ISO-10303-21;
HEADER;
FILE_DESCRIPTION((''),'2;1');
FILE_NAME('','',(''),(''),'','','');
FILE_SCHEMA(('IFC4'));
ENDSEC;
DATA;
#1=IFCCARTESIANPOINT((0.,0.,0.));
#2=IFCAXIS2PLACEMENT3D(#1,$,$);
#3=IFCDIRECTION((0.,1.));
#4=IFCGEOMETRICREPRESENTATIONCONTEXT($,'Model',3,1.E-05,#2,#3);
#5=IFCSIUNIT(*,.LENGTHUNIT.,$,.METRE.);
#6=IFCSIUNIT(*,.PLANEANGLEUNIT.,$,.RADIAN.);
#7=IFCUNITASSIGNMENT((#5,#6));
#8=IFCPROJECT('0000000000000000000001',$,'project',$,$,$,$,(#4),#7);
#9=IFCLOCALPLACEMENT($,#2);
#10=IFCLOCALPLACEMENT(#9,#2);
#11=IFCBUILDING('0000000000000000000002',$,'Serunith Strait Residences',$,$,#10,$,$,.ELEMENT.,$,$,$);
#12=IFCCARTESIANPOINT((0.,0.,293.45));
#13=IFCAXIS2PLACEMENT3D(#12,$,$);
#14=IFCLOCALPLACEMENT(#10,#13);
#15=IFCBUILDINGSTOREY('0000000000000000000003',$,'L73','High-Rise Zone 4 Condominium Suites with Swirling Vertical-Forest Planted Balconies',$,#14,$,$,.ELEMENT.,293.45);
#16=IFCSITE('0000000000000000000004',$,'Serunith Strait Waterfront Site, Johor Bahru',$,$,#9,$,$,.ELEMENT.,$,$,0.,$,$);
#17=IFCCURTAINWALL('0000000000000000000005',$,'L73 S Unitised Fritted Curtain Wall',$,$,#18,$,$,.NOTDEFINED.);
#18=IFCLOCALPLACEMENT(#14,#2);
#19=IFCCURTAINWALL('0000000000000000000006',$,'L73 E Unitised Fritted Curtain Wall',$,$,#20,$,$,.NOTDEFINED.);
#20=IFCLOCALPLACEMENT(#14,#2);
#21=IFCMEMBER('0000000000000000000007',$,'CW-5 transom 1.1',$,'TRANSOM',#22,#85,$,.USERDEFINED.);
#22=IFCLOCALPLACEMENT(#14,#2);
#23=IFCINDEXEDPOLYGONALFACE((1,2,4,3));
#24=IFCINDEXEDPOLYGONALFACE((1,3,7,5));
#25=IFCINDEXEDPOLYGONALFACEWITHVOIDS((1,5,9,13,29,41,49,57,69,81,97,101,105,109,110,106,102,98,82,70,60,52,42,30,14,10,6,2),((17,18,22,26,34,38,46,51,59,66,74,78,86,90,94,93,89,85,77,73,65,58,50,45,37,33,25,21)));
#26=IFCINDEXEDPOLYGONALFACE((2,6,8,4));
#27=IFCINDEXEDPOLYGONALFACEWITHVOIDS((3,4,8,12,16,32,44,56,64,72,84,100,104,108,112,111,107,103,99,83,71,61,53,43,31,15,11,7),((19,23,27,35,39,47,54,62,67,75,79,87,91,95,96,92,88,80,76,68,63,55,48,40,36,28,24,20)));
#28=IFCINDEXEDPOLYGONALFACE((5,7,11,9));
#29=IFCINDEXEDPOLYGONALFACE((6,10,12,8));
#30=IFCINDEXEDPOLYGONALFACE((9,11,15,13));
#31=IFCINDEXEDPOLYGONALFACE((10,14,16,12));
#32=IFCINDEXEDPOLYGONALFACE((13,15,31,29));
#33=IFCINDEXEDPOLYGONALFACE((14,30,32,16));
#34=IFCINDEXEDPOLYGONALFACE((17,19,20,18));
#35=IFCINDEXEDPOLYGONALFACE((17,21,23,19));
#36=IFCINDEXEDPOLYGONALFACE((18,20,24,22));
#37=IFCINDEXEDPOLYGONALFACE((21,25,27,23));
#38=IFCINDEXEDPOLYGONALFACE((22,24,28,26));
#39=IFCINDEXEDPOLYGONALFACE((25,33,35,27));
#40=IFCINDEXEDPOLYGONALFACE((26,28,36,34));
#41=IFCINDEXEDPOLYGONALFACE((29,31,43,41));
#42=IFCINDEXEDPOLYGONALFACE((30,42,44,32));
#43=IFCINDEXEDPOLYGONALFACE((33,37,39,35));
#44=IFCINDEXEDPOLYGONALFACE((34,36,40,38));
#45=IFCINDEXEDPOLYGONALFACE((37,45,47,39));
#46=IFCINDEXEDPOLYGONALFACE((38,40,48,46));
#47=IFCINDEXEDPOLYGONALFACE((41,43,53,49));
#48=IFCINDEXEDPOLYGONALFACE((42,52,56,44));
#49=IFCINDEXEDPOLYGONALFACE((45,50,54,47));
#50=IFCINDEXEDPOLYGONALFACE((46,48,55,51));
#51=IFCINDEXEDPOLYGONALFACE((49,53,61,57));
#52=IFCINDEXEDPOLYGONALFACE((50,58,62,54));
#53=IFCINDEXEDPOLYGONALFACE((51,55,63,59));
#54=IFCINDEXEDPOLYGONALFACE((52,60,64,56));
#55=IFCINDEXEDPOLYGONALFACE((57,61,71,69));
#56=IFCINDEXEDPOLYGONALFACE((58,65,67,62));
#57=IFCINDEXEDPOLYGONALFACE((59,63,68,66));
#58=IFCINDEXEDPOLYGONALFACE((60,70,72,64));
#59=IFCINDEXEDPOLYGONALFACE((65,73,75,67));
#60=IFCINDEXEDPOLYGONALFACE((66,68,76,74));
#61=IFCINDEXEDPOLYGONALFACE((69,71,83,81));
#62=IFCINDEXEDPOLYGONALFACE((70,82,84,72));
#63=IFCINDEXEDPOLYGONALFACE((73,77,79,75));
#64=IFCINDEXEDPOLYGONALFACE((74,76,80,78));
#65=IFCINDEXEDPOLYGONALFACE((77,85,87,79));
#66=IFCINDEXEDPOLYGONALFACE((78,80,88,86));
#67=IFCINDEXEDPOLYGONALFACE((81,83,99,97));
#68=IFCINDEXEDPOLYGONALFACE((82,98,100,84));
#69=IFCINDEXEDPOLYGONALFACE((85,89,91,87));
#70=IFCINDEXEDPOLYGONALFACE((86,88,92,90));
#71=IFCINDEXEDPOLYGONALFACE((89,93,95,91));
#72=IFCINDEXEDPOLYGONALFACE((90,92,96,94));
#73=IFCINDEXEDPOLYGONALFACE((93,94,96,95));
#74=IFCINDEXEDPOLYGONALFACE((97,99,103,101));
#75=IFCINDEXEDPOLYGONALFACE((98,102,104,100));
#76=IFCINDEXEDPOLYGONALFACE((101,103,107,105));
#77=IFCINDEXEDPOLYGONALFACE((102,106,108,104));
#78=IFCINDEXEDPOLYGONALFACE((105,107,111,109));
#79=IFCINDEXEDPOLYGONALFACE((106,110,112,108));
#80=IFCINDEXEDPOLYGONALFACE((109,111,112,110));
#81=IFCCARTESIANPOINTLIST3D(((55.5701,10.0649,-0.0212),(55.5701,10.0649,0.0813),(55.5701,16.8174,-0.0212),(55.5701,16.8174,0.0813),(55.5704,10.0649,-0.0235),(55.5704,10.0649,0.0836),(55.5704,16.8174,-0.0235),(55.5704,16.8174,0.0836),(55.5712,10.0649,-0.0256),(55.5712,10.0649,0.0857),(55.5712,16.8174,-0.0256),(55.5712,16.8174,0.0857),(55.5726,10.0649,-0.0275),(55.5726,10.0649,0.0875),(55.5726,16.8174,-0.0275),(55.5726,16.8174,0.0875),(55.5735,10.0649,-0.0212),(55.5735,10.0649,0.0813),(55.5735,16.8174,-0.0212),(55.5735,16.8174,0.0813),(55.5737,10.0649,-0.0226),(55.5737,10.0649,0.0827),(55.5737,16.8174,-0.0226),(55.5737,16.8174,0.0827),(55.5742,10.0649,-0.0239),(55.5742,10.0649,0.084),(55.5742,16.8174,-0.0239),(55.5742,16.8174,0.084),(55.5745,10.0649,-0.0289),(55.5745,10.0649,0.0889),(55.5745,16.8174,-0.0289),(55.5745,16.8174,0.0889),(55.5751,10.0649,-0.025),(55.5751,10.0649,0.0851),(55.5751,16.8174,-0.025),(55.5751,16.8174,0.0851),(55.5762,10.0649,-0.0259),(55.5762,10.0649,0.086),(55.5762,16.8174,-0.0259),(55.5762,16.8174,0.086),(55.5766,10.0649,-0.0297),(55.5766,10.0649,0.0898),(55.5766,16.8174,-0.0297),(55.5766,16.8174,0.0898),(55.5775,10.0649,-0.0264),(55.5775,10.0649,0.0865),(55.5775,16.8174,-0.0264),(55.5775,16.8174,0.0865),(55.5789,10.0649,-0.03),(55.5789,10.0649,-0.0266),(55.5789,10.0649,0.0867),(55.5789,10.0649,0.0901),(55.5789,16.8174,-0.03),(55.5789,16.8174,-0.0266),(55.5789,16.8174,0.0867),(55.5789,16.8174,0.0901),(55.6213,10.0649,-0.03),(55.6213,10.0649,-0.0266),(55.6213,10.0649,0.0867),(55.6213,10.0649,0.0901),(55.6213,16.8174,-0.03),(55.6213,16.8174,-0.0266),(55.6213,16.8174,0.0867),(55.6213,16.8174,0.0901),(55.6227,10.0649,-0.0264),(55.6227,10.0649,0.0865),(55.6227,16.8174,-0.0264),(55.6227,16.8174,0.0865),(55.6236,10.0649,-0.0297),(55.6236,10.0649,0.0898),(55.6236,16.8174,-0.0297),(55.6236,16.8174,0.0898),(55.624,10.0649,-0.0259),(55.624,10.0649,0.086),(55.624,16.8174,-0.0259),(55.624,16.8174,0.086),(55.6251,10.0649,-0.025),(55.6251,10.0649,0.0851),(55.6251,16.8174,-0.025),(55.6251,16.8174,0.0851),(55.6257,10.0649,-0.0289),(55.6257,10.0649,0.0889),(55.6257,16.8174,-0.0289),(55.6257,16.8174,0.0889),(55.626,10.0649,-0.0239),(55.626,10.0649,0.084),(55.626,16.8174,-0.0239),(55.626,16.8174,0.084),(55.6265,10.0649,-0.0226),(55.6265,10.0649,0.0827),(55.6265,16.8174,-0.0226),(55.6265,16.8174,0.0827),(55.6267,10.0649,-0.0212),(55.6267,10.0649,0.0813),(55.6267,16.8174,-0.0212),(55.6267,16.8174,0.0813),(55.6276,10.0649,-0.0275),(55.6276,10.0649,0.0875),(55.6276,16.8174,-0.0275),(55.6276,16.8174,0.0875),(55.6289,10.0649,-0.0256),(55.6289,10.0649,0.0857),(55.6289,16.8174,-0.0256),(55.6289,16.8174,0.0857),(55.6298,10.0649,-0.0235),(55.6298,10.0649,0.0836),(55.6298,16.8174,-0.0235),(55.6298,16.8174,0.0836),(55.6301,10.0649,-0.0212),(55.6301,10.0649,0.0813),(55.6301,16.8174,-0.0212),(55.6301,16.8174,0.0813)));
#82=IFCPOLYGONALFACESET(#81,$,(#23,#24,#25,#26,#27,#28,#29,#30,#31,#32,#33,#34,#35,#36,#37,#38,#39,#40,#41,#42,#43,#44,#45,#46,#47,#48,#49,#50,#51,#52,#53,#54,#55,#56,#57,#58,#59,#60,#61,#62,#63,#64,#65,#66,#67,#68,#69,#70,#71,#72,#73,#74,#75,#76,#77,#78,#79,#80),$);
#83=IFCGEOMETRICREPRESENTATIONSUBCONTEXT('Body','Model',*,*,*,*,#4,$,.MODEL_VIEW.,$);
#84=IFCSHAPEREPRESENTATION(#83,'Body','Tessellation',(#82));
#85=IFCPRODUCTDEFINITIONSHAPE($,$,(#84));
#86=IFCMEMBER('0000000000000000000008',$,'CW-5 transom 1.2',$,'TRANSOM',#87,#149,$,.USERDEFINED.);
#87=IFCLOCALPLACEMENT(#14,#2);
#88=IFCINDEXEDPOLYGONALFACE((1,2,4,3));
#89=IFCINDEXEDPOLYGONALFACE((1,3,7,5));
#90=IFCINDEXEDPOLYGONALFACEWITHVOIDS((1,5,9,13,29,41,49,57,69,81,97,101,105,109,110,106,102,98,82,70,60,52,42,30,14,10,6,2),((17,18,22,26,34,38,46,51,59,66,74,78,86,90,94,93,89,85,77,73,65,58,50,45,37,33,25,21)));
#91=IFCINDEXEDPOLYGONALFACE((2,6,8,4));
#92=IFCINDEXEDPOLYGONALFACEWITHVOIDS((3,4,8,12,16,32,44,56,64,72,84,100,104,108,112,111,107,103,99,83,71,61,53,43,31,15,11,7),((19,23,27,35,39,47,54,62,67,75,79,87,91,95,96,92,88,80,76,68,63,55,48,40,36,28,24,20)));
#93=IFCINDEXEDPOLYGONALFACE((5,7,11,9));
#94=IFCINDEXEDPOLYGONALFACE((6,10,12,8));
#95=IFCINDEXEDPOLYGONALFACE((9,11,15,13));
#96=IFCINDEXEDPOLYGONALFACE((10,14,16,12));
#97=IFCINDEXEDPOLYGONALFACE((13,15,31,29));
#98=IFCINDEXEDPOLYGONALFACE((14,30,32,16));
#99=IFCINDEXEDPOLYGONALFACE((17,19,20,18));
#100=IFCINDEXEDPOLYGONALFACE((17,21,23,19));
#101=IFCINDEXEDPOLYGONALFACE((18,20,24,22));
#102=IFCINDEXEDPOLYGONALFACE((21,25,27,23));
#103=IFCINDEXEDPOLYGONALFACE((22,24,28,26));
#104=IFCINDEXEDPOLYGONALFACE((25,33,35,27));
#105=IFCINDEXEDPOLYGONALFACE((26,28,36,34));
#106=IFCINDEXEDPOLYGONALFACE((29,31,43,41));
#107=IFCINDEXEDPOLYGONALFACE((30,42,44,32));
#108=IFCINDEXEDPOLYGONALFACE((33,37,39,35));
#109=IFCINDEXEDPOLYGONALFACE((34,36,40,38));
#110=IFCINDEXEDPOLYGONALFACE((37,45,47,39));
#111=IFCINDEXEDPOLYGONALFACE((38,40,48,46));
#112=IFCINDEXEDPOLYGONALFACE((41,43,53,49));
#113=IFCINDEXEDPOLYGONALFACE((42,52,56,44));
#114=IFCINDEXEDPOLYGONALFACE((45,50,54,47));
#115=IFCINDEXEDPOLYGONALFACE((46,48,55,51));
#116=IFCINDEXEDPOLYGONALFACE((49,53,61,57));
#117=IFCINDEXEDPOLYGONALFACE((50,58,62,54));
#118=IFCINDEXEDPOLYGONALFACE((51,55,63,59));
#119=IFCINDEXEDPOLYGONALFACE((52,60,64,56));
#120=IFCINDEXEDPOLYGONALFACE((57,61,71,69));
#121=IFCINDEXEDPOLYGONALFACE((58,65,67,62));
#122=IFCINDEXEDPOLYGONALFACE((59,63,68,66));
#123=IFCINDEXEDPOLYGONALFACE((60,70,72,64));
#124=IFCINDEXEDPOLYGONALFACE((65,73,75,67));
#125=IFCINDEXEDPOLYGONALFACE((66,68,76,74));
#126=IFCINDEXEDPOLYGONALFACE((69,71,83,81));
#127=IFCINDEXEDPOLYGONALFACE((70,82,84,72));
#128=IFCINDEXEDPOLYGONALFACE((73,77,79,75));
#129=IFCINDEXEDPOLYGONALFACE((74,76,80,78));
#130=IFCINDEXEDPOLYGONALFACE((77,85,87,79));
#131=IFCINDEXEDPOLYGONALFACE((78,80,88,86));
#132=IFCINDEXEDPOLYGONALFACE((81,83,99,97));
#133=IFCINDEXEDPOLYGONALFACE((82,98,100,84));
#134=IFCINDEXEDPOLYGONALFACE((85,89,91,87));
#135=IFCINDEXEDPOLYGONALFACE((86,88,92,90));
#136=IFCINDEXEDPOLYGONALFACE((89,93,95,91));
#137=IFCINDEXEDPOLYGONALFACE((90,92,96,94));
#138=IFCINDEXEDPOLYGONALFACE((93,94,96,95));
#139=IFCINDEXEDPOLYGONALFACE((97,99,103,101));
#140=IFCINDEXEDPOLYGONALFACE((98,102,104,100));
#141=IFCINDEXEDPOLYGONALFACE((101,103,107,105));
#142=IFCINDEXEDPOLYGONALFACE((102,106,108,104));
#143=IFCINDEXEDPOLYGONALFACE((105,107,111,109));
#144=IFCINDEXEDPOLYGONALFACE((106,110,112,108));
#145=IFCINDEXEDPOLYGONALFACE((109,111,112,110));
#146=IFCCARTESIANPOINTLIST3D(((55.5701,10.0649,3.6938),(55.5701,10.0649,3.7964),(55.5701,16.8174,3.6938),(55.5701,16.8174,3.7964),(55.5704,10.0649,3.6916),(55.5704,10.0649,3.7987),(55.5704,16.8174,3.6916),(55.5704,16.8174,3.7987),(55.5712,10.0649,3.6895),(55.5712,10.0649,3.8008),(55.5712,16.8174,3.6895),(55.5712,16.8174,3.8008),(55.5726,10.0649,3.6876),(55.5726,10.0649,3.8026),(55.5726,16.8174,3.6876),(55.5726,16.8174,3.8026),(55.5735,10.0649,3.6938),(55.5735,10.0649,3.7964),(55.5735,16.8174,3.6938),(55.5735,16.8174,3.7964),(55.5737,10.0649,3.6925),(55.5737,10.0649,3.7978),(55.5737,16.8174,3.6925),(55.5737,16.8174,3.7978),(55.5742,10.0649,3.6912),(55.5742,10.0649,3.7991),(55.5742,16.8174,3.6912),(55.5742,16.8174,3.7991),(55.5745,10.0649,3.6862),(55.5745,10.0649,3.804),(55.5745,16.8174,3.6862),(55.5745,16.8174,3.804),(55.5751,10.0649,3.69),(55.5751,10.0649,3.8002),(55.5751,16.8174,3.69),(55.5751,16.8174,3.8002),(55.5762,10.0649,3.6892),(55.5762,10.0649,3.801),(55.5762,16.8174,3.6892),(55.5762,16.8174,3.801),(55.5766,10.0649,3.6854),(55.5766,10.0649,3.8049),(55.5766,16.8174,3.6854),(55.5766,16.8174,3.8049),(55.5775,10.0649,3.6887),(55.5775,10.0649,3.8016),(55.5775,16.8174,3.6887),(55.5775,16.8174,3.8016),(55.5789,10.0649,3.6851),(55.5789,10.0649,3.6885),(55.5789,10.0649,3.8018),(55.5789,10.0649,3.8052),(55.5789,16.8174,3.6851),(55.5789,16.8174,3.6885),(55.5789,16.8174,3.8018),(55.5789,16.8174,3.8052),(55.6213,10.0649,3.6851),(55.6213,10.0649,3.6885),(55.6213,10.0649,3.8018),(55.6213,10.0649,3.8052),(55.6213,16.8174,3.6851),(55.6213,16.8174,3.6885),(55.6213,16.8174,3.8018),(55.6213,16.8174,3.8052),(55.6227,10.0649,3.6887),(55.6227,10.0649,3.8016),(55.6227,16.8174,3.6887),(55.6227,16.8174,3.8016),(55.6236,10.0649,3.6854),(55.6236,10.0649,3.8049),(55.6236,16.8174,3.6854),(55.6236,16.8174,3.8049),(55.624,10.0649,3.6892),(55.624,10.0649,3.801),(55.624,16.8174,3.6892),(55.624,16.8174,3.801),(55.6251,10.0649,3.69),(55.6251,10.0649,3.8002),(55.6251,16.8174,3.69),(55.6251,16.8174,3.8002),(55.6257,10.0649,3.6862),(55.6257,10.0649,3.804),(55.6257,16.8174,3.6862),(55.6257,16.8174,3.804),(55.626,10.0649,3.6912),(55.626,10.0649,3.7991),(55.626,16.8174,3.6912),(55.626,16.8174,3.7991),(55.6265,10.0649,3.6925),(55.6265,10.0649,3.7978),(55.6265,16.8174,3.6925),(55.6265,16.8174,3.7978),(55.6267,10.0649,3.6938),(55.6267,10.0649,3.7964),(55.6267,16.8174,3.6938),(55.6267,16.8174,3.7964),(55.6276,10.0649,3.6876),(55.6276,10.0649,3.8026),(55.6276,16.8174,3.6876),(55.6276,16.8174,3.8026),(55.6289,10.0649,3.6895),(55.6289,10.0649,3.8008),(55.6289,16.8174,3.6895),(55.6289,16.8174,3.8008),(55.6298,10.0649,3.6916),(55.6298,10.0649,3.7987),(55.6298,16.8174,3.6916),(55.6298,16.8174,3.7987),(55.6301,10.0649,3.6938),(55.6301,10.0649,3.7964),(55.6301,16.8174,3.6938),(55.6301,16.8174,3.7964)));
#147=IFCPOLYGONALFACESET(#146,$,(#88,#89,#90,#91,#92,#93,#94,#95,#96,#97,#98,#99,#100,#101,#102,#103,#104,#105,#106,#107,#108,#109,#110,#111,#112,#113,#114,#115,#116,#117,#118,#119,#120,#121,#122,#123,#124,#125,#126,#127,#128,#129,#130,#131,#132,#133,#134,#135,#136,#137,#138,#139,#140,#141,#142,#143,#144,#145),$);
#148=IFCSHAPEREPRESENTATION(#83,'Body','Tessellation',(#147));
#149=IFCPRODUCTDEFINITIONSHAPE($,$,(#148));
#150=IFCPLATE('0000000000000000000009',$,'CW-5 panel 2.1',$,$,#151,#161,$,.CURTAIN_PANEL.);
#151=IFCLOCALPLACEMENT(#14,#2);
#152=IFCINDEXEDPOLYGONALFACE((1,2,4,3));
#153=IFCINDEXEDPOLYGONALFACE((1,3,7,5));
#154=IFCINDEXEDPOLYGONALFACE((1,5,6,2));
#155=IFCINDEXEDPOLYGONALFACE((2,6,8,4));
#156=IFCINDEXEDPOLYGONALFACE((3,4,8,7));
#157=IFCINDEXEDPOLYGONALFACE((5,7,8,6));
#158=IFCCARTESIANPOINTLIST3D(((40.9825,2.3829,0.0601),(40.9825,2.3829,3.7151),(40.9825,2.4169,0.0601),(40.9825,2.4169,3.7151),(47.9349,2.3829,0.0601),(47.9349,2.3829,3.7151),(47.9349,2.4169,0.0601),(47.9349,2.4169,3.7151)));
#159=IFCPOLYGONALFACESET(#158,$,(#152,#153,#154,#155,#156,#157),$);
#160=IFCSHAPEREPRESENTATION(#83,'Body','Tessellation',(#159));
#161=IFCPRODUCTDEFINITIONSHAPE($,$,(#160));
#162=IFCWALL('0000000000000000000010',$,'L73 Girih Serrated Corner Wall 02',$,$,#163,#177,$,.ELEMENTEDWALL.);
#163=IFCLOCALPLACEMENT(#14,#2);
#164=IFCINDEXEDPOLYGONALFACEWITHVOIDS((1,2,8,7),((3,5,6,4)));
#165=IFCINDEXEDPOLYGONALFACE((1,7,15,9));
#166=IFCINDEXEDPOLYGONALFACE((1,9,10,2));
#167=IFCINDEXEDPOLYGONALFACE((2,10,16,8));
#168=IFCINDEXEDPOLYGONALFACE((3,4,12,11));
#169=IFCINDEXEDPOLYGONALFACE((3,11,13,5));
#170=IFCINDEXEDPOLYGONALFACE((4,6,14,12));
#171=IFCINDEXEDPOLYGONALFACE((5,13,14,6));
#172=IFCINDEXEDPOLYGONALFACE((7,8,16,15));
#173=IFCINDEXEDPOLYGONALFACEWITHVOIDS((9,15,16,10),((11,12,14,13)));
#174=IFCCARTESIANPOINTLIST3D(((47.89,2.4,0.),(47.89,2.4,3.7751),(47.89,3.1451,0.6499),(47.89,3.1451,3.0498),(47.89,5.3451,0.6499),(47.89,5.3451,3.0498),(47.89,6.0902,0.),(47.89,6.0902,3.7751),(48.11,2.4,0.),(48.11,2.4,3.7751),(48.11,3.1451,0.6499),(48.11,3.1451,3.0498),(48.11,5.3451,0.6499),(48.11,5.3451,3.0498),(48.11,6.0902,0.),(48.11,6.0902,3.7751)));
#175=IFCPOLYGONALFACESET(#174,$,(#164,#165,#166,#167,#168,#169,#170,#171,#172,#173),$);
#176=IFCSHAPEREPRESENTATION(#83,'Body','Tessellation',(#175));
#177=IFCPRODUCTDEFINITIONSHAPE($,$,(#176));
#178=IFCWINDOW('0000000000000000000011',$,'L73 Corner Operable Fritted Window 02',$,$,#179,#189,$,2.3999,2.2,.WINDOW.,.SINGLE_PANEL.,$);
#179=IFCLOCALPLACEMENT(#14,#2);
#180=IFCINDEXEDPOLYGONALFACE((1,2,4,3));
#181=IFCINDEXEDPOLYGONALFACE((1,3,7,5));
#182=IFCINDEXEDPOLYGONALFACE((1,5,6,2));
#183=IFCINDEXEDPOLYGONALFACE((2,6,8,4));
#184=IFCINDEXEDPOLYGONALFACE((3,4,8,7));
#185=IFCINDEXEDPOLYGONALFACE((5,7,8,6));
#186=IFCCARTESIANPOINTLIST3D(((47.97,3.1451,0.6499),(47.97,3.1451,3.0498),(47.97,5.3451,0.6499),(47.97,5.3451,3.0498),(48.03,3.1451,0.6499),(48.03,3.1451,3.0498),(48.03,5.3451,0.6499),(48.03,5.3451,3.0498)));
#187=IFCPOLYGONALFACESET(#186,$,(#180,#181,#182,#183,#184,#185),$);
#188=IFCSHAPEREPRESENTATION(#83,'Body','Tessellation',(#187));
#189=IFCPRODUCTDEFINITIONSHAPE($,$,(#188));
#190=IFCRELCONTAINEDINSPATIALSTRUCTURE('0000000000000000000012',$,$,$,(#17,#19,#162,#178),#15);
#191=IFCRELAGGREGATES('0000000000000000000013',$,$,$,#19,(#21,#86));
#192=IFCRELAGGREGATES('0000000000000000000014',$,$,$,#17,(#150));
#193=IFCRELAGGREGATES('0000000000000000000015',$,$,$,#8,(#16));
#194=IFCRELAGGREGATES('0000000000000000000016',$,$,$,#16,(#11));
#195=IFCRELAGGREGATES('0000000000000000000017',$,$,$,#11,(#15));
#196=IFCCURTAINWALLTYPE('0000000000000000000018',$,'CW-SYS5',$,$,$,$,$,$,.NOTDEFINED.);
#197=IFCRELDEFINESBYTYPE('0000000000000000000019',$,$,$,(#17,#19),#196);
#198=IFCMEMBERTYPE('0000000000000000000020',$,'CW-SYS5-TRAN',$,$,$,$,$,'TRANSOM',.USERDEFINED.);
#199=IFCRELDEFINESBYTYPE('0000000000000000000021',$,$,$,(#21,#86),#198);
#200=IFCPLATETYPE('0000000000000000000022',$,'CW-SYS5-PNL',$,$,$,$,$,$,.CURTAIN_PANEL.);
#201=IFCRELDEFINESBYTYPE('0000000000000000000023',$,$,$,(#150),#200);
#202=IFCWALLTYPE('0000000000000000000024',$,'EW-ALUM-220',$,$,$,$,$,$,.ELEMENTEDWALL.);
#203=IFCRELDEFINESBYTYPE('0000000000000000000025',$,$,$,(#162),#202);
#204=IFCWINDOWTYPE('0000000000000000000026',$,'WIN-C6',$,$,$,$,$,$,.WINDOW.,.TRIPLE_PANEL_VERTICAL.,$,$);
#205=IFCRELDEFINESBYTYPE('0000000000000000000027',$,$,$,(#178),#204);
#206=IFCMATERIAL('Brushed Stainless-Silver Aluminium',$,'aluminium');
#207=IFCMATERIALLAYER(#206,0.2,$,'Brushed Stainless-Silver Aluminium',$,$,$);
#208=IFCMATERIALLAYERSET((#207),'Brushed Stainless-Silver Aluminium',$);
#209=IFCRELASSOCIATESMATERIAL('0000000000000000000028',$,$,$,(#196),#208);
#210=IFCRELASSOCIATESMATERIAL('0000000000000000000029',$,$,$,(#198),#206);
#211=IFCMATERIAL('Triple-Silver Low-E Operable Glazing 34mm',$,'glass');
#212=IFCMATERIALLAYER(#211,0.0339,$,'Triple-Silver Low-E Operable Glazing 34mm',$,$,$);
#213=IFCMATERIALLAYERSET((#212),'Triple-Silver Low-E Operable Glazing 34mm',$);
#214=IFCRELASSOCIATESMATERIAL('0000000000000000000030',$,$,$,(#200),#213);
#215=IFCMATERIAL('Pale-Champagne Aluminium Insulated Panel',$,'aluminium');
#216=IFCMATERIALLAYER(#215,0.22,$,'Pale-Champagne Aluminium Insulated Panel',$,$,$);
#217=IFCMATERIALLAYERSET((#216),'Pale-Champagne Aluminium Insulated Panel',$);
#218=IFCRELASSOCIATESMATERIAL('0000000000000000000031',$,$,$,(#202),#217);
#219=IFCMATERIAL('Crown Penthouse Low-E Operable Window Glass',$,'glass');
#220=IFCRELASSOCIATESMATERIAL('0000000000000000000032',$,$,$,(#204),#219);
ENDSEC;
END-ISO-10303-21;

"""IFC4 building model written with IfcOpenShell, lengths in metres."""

from ifc_helpers import new_model, si_unit, direction, frame, frame_2d, origin, origin_2d, place, context, subcontext, project, spatial, rectangle, hollow_rectangle, extrude, source, transform, mapped, material, layer, layer_set, material_profile, profile_set, type_object, element, fill, aggregate, save


model = new_model("IFC4")

# Units and contexts
model_context = context("Model", 3, precision=1e-05, world=origin(), true_north=direction((0.0, 1.0)))
body_context = subcontext(model_context, "Body", "Model", "MODEL_VIEW")
ifc_project = project(units=[si_unit("LENGTHUNIT", "METRE"), si_unit("PLANEANGLEUNIT", "RADIAN")], contexts=[model_context])

# Site, building, storey
site_placement = place(None, origin())
site = spatial("IfcSite", under=ifc_project, at=site_placement, Name="Serunith Strait Waterfront Site, Johor Bahru", CompositionType="ELEMENT", RefElevation=0.0)
building_placement = place(site_placement, origin())
building = spatial("IfcBuilding", under=site, at=building_placement, Name="Serunith Strait Residences", CompositionType="ELEMENT")
storey_placement = place(building_placement, frame((0.0, 0.0, 293.45)))
storey = spatial("IfcBuildingStorey", under=building, at=storey_placement, Name="L73", Description="High-Rise Zone 4 Condominium Suites with Swirling Vertical-Forest Planted Balconies", CompositionType="ELEMENT", Elevation=293.45)

# Curtain wall
ifc_material_1 = material(Name="Brushed Stainless-Silver Aluminium", Category="aluminium")
ifc_layer_1 = layer(ifc_material_1, 0.2, Name="Brushed Stainless-Silver Aluminium")
ifc_layer_set_1 = layer_set([ifc_layer_1], Name="Brushed Stainless-Silver Aluminium")
curtain_wall_type = type_object("IfcCurtainWallType", Name="CW-SYS5", PredefinedType="NOTDEFINED", material=ifc_layer_set_1)
curtain_wall_1_placement = place(storey_placement, origin())
curtain_wall_1 = element("IfcCurtainWall", 1, at=curtain_wall_1_placement, inside=storey, type_object=curtain_wall_type, Name="L73 S Unitised Fritted Curtain Wall", PredefinedType="NOTDEFINED")

# Curtain wall, members
curtain_wall_2_placement = place(storey_placement, origin())
curtain_wall_2 = element("IfcCurtainWall", 2, at=curtain_wall_2_placement, inside=storey, type_object=curtain_wall_type, Name="L73 E Unitised Fritted Curtain Wall", PredefinedType="NOTDEFINED")
ifc_material_profile_1 = material_profile(ifc_material_1, hollow_rectangle(XDim=0.0601, YDim=0.1201, WallThickness=0.0034, InnerFilletRadius=0.0054, OuterFilletRadius=0.0088, at=origin_2d()), Name="ALU 120x60x3.5")
ifc_profile_set_1 = profile_set([ifc_material_profile_1], Name="Brushed Stainless-Silver Aluminium")
member_type_1 = type_object("IfcMemberType", Name="CW-SYS5-TRAN", ElementType="TRANSOM", PredefinedType="USERDEFINED", material=ifc_profile_set_1)
shared_shape_1 = source(origin(), body_context, "Body", "SweptSolid", [
    extrude(hollow_rectangle(XDim=0.0601, YDim=0.1201, WallThickness=0.0034, InnerFilletRadius=0.0054, OuterFilletRadius=0.0088, at=origin_2d()), origin(), (0.0, 0.0, 1.0), 6.7524),
])
member_1_placement = place(storey_placement, frame((55.6001, 10.0649, 0.03), z_axis=(0.0, 1.0, 0.0), x_axis=(-1.0, 0.0, 0.0)))
member_1 = element("IfcMember", 3, at=member_1_placement, type_object=member_type_1, Name="CW-5 transom 1.1", ObjectType="TRANSOM", PredefinedType="USERDEFINED", context=body_context, shape_type="MappedRepresentation", body=[
    mapped(shared_shape_1, transform((0.0, 0.0, 0.0), scale=1.0)),
])
member_2_placement = place(storey_placement, frame((55.6001, 10.0649, 3.7451), z_axis=(0.0, 1.0, 0.0), x_axis=(-1.0, 0.0, 0.0)))
member_2 = element("IfcMember", 4, at=member_2_placement, type_object=member_type_1, Name="CW-5 transom 1.2", ObjectType="TRANSOM", PredefinedType="USERDEFINED", context=body_context, shape_type="MappedRepresentation", body=[
    mapped(shared_shape_1, transform((0.0, 0.0, 0.0), scale=1.0)),
])
aggregate(curtain_wall_2, [member_1, member_2])

# Plate
ifc_material_2 = material(Name="Triple-Silver Low-E Operable Glazing 34mm", Category="glass")
ifc_layer_2 = layer(ifc_material_2, 0.0339, Name="Triple-Silver Low-E Operable Glazing 34mm")
ifc_layer_set_2 = layer_set([ifc_layer_2], Name="Triple-Silver Low-E Operable Glazing 34mm")
plate_type = type_object("IfcPlateType", Name="CW-SYS5-PNL", PredefinedType="CURTAIN_PANEL", material=ifc_layer_set_2)
shared_shape_2 = source(origin(), body_context, "Body", "SweptSolid", [
    extrude(rectangle(XDim=6.9524, YDim=0.0339, at=origin_2d()), origin(), (0.0, 0.0, 1.0), 3.655),
])
plate_placement = place(storey_placement, frame((44.4587, 2.3999, 0.0601), z_axis=(0.0, 0.0, 1.0), x_axis=(1.0, 0.0, 0.0)))
plate = element("IfcPlate", 5, at=plate_placement, type_object=plate_type, Name="CW-5 panel 2.1", PredefinedType="CURTAIN_PANEL", context=body_context, shape_type="MappedRepresentation", body=[
    mapped(shared_shape_2, transform((0.0, 0.0, 0.0), scale=1.0)),
])
aggregate(curtain_wall_1, [plate])

# Wall, opening, window
ifc_material_3 = material(Name="Pale-Champagne Aluminium Insulated Panel", Category="aluminium")
ifc_layer_3 = layer(ifc_material_3, 0.22, Name="Pale-Champagne Aluminium Insulated Panel")
ifc_layer_set_3 = layer_set([ifc_layer_3], Name="Pale-Champagne Aluminium Insulated Panel")
wall_type_1 = type_object("IfcWallType", Name="EW-ALUM-220", PredefinedType="ELEMENTEDWALL", material=ifc_layer_set_3)
wall_1_placement = place(storey_placement, frame((48.0, 2.3999, 0.0), z_axis=(0.0, 0.0, 1.0), x_axis=(0.0, 1.0, 0.0)))
wall_1 = element("IfcWall", 6, at=wall_1_placement, inside=storey, type_object=wall_type_1, Name="L73 Girih Serrated Corner Wall 02", PredefinedType="ELEMENTEDWALL", context=body_context, shape_type="SweptSolid", body=[
    extrude(rectangle(XDim=3.6902, YDim=0.22, at=frame_2d((1.8452, 0.0))), origin(), (0.0, 0.0, 1.0), 3.7751),
])
opening_1_placement = place(wall_1_placement, frame((0.7451, 0.0, 0.6499)))
opening_1 = element("IfcOpeningElement", 7, at=opening_1_placement, cuts=wall_1, PredefinedType="OPENING", context=body_context, shape_type="SweptSolid", body=[
    extrude(rectangle(XDim=2.2, YDim=2.3999, at=frame_2d((1.1001, 1.2))), frame((0.0, 0.1201, 0.0), z_axis=(0.0, -1.0, 0.0), x_axis=(1.0, 0.0, 0.0)), (0.0, 0.0, 1.0), 0.24),
])
ifc_material_4 = material(Name="Crown Penthouse Low-E Operable Window Glass", Category="glass")
window_type = type_object("IfcWindowType", Name="WIN-C6", PartitioningType="TRIPLE_PANEL_VERTICAL", PredefinedType="WINDOW", material=ifc_material_4)
shared_shape_3 = source(origin(), body_context, "Body", "SweptSolid", [
    extrude(rectangle(XDim=2.2, YDim=2.3999, at=frame_2d((1.1001, 1.2))), frame((0.0, 0.03, 0.0), z_axis=(0.0, -1.0, 0.0), x_axis=(1.0, 0.0, 0.0)), (0.0, 0.0, 1.0), 0.0601),
])
window_1_placement = place(opening_1_placement, origin())
window_1 = element("IfcWindow", 8, at=window_1_placement, inside=storey, type_object=window_type, Name="L73 Corner Operable Fritted Window 02", OverallHeight=2.3999, OverallWidth=2.2, PartitioningType="SINGLE_PANEL", PredefinedType="WINDOW", context=body_context, shape_type="MappedRepresentation", body=[
    mapped(shared_shape_3, transform((0.0, 0.0, 0.0), scale=1.0)),
])
fill(opening_1, window_1)

save(model, "model.ifc")
